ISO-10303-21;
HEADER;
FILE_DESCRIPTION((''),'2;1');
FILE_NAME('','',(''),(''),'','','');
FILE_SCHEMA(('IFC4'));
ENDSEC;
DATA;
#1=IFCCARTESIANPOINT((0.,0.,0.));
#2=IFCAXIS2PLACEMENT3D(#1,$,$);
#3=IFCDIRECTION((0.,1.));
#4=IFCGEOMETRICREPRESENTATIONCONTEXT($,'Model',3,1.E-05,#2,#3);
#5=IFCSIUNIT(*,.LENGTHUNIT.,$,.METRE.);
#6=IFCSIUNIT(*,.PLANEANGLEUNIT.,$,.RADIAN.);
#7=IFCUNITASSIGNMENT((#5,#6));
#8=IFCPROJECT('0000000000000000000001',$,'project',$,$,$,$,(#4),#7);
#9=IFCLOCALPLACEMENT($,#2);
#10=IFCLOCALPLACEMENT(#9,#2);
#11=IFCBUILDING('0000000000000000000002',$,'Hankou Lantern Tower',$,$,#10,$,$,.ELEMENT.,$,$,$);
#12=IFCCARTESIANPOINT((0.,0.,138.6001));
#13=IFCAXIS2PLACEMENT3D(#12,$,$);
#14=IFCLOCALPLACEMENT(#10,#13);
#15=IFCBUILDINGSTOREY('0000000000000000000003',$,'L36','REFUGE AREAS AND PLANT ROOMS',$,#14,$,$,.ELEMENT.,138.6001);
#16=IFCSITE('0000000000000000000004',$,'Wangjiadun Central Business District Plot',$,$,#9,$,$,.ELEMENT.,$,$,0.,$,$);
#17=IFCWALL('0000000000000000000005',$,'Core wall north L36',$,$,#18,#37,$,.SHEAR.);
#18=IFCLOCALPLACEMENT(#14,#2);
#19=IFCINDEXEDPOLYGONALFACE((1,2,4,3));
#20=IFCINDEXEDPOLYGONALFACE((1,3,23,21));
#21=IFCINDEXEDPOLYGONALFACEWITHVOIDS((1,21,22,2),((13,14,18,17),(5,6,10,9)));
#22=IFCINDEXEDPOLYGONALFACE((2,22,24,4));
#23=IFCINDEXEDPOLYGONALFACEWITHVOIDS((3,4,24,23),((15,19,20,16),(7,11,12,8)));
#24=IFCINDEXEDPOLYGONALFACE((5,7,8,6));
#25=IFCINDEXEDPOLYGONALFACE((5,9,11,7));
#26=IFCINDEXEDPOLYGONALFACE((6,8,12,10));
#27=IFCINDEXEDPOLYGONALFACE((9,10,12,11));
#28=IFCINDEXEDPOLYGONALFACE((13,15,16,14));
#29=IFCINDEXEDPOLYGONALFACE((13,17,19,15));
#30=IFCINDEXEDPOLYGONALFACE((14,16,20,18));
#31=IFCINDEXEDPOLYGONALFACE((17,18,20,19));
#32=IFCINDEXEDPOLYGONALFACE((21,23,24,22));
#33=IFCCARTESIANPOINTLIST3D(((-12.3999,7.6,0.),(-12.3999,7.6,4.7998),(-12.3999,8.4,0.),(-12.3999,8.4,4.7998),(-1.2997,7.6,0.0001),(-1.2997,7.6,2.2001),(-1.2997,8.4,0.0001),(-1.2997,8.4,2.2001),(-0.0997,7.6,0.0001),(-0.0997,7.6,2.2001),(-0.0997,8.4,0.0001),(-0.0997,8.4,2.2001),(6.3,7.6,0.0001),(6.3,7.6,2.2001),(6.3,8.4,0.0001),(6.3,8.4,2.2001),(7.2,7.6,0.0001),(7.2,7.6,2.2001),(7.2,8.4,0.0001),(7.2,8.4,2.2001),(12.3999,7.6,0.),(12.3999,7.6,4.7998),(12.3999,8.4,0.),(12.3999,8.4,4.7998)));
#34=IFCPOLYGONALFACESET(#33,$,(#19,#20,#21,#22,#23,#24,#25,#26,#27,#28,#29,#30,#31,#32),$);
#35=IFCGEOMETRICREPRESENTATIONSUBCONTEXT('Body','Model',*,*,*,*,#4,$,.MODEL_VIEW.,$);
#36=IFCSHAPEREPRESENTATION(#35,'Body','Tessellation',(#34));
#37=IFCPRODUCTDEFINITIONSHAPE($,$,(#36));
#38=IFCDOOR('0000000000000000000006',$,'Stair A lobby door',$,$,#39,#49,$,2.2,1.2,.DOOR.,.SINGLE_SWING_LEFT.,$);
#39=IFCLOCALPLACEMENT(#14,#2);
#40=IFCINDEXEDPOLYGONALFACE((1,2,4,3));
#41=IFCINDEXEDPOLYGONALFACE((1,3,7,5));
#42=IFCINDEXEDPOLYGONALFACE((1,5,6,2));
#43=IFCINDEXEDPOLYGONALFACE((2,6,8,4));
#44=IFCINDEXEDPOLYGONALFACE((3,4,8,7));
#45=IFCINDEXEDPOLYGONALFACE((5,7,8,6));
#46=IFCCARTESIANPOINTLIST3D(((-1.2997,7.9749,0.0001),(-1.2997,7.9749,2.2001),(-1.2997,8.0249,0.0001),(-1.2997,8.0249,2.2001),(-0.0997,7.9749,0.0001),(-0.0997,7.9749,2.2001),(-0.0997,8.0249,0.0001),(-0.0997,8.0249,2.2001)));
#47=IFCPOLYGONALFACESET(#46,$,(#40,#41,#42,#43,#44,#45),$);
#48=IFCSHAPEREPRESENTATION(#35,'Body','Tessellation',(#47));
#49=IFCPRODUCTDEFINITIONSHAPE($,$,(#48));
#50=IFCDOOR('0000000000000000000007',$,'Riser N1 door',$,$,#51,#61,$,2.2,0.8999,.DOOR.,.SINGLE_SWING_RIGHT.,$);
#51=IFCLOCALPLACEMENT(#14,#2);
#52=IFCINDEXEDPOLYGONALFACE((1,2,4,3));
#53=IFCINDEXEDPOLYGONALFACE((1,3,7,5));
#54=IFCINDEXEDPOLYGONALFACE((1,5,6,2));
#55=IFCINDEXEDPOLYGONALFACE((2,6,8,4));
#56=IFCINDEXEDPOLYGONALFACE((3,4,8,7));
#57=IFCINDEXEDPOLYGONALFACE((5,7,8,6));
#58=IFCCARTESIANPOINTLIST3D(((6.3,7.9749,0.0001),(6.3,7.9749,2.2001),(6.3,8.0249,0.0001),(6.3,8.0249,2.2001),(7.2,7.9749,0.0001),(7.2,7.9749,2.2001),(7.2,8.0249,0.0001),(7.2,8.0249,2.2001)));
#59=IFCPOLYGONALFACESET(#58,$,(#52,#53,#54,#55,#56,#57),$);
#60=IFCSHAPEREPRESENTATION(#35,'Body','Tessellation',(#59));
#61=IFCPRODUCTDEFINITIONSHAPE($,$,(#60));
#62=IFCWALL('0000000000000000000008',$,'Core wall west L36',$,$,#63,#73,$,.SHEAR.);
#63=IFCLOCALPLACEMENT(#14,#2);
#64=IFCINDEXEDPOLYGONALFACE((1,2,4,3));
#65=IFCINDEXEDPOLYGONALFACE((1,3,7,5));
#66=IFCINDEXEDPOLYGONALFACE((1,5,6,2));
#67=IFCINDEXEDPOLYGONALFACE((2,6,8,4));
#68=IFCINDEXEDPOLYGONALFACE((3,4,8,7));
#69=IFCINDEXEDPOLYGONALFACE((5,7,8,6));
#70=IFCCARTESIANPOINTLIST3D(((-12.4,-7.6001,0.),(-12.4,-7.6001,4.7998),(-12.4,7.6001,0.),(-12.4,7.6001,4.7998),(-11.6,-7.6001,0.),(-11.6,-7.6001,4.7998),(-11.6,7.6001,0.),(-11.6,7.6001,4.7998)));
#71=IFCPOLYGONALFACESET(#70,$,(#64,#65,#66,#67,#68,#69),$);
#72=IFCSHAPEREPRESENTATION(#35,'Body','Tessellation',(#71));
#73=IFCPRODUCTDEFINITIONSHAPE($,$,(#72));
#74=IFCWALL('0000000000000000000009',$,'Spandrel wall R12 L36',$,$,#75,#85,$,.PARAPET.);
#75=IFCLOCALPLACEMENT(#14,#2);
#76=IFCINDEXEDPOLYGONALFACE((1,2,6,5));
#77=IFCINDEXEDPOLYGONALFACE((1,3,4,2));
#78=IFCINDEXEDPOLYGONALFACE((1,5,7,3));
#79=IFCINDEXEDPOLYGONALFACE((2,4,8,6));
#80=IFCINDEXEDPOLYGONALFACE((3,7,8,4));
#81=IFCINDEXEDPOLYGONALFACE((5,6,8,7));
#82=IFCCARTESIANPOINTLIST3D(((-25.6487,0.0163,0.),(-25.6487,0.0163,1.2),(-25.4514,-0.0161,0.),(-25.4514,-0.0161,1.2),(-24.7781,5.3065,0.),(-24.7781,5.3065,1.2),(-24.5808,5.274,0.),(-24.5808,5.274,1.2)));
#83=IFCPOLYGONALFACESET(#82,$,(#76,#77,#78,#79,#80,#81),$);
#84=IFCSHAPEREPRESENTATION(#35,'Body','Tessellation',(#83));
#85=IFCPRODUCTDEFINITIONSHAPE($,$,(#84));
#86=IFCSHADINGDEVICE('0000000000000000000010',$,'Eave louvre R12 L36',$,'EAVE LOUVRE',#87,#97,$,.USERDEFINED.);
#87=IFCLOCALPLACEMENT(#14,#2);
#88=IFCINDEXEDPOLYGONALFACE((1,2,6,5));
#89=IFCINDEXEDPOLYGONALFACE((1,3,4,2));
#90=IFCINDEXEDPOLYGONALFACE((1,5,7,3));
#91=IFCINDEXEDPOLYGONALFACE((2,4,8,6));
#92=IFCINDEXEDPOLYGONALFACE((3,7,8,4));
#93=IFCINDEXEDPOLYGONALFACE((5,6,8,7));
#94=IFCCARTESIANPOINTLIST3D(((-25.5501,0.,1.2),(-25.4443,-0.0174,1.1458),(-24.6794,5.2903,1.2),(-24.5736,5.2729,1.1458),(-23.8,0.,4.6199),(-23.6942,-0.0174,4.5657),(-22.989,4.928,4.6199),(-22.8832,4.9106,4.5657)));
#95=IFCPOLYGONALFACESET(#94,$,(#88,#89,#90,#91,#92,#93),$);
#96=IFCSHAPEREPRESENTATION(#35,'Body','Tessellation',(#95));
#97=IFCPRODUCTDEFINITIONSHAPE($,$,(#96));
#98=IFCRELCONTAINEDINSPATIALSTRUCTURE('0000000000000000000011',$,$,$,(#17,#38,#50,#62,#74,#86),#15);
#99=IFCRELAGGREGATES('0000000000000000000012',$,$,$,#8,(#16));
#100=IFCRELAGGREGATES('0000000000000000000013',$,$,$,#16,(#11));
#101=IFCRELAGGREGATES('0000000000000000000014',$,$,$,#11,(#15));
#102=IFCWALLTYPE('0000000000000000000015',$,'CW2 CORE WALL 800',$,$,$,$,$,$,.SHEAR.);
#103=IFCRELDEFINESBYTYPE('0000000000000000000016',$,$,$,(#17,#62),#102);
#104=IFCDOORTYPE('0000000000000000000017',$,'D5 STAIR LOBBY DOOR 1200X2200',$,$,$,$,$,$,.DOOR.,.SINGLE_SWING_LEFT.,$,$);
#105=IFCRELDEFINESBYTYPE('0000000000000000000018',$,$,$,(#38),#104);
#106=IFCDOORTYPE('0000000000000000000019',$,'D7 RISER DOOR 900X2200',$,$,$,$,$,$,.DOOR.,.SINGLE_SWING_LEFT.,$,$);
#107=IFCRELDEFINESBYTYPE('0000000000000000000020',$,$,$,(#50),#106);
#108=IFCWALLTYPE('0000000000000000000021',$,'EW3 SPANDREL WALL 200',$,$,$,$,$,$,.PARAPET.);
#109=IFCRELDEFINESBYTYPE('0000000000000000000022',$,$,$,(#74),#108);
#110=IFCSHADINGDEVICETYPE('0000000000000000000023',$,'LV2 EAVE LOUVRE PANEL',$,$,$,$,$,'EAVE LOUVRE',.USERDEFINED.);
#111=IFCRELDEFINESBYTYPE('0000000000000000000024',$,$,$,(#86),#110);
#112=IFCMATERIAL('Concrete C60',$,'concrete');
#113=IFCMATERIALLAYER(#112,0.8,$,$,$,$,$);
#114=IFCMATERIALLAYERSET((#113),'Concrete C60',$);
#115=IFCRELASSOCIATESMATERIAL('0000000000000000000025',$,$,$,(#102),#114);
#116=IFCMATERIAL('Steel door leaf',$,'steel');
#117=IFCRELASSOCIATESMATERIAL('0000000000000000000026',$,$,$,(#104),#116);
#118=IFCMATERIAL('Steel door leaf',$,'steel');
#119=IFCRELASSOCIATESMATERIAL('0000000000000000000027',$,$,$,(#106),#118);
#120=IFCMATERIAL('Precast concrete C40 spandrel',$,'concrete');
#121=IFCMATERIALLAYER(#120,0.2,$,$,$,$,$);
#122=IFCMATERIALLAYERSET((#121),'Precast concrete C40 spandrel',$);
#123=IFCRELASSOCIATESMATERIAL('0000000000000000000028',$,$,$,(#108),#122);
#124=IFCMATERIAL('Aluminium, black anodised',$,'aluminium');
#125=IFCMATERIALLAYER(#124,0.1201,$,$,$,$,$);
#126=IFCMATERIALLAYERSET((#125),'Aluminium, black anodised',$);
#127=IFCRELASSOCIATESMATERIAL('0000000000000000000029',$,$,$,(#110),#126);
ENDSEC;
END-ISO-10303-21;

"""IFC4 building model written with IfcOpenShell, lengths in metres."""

from ifc_helpers import new_model, si_unit, direction, frame, frame_2d, origin, place, context, subcontext, project, spatial, polyline, rectangle, outline, extrude, material, layer, layer_set, type_object, element, fill, save


model = new_model("IFC4")

# Units and contexts
model_context = context("Model", 3, precision=1e-05, world=origin(), true_north=direction((0.0, 1.0)))
body_context = subcontext(model_context, "Body", "Model", "MODEL_VIEW")
ifc_project = project(units=[si_unit("LENGTHUNIT", "METRE"), si_unit("PLANEANGLEUNIT", "RADIAN")], contexts=[model_context])

# Site, building, storey
site_placement = place(None, origin())
site = spatial("IfcSite", under=ifc_project, at=site_placement, Name="Wangjiadun Central Business District Plot", CompositionType="ELEMENT", RefElevation=0.0)
building_placement = place(site_placement, origin())
building = spatial("IfcBuilding", under=site, at=building_placement, Name="Hankou Lantern Tower", CompositionType="ELEMENT")
storey_placement = place(building_placement, frame((0.0, 0.0, 138.6001)))
storey = spatial("IfcBuildingStorey", under=building, at=storey_placement, Name="L36", Description="REFUGE AREAS AND PLANT ROOMS", CompositionType="ELEMENT", Elevation=138.6001)

# Wall, openings, doors
ifc_material_1 = material(Name="Concrete C60", Category="concrete")
ifc_layer_1 = layer(ifc_material_1, 0.8)
ifc_layer_set_1 = layer_set([ifc_layer_1], Name="Concrete C60")
wall_type_1 = type_object("IfcWallType", Name="CW2 CORE WALL 800", PredefinedType="SHEAR", material=ifc_layer_set_1)
wall_1_placement = place(storey_placement, frame((-12.3999, 8.0, 0.0), z_axis=(0.0, 0.0, 1.0), x_axis=(1.0, 0.0, 0.0)))
wall_1 = element("IfcWall", 1, at=wall_1_placement, inside=storey, type_object=wall_type_1, Name="Core wall north L36", PredefinedType="SHEAR", context=body_context, shape_type="SweptSolid", body=[
    extrude(rectangle(XDim=24.7998, YDim=0.8, at=frame_2d((12.3999, 0.0))), origin(), (0.0, 0.0, 1.0), 4.7998),
])
opening_1_placement = place(wall_1_placement, frame((11.1001, 0.0, 0.0)))
opening_1 = element("IfcOpeningElement", 2, at=opening_1_placement, cuts=wall_1, PredefinedType="OPENING", context=body_context, shape_type="SweptSolid", body=[
    extrude(rectangle(XDim=1.2, YDim=2.2, at=frame_2d((0.6001, 1.1001))), frame((0.0, 0.4099, 0.0), z_axis=(0.0, -1.0, 0.0), x_axis=(1.0, 0.0, 0.0)), (0.0, 0.0, 1.0), 0.8201),
])
opening_2_placement = place(wall_1_placement, frame((18.7, 0.0, 0.0)))
opening_2 = element("IfcOpeningElement", 3, at=opening_2_placement, cuts=wall_1, PredefinedType="OPENING", context=body_context, shape_type="SweptSolid", body=[
    extrude(rectangle(XDim=0.8999, YDim=2.2, at=frame_2d((0.45, 1.1001))), frame((0.0, 0.4099, 0.0), z_axis=(0.0, -1.0, 0.0), x_axis=(1.0, 0.0, 0.0)), (0.0, 0.0, 1.0), 0.8201),
])
ifc_material_2 = material(Name="Steel door leaf", Category="steel")
door_type_1 = type_object("IfcDoorType", Name="D5 STAIR LOBBY DOOR 1200X2200", OperationType="SINGLE_SWING_LEFT", PredefinedType="DOOR", material=ifc_material_2)
door_1_placement = place(opening_1_placement, origin())
door_1 = element("IfcDoor", 4, at=door_1_placement, inside=storey, type_object=door_type_1, Name="Stair A lobby door", OperationType="SINGLE_SWING_LEFT", OverallHeight=2.2, OverallWidth=1.2, PredefinedType="DOOR", context=body_context, shape_type="SweptSolid", body=[
    extrude(rectangle(XDim=1.2, YDim=2.2, at=frame_2d((0.6001, 1.1001))), frame((0.0, 0.0249, 0.0), z_axis=(0.0, -1.0, 0.0), x_axis=(1.0, 0.0, 0.0)), (0.0, 0.0, 1.0), 0.05),
])
fill(opening_1, door_1)
ifc_material_3 = material(Name="Steel door leaf", Category="steel")
door_type_2 = type_object("IfcDoorType", Name="D7 RISER DOOR 900X2200", OperationType="SINGLE_SWING_LEFT", PredefinedType="DOOR", material=ifc_material_3)
door_2_placement = place(opening_2_placement, origin())
door_2 = element("IfcDoor", 5, at=door_2_placement, inside=storey, type_object=door_type_2, Name="Riser N1 door", OperationType="SINGLE_SWING_RIGHT", OverallHeight=2.2, OverallWidth=0.8999, PredefinedType="DOOR", context=body_context, shape_type="SweptSolid", body=[
    extrude(rectangle(XDim=0.8999, YDim=2.2, at=frame_2d((0.45, 1.1001))), frame((0.0, 0.0249, 0.0), z_axis=(0.0, -1.0, 0.0), x_axis=(1.0, 0.0, 0.0)), (0.0, 0.0, 1.0), 0.05),
])
fill(opening_2, door_2)

# Walls
wall_2_placement = place(storey_placement, frame((-12.0, 7.6001, 0.0), z_axis=(0.0, 0.0, 1.0), x_axis=(0.0, -1.0, 0.0)))
element("IfcWall", 6, at=wall_2_placement, inside=storey, type_object=wall_type_1, Name="Core wall west L36", PredefinedType="SHEAR", context=body_context, shape_type="SweptSolid", body=[
    extrude(rectangle(XDim=15.2002, YDim=0.8, at=frame_2d((7.6001, 0.0))), origin(), (0.0, 0.0, 1.0), 4.7998),
])
ifc_material_4 = material(Name="Precast concrete C40 spandrel", Category="concrete")
ifc_layer_2 = layer(ifc_material_4, 0.2)
ifc_layer_set_2 = layer_set([ifc_layer_2], Name="Precast concrete C40 spandrel")
wall_type_2 = type_object("IfcWallType", Name="EW3 SPANDREL WALL 200", PredefinedType="PARAPET", material=ifc_layer_set_2)
wall_3_placement = place(storey_placement, frame((-24.6794, 5.2903, 0.0), z_axis=(0.0, 0.0, 1.0), x_axis=(-0.162383, -0.986728, 0.0)))
element("IfcWall", 7, at=wall_3_placement, inside=storey, type_object=wall_type_2, Name="Spandrel wall R12 L36", PredefinedType="PARAPET", context=body_context, shape_type="SweptSolid", body=[
    extrude(rectangle(XDim=5.3613, YDim=0.2, at=frame_2d((2.6807, 0.0))), origin(), (0.0, 0.0, 1.0), 1.2),
])

# Shading device
ifc_material_5 = material(Name="Aluminium, black anodised", Category="aluminium")
ifc_layer_3 = layer(ifc_material_5, 0.1201)
ifc_layer_set_3 = layer_set([ifc_layer_3], Name="Aluminium, black anodised")
shading_device_type = type_object("IfcShadingDeviceType", Name="LV2 EAVE LOUVRE PANEL", ElementType="EAVE LOUVRE", PredefinedType="USERDEFINED", material=ifc_layer_set_3)
shading_device_placement = place(storey_placement, frame((-24.6794, 5.2903, 1.2), z_axis=(-0.880814, 0.144957, 0.450726), x_axis=(-0.162387, -0.986727, 0.000002)))
element("IfcShadingDevice", 8, at=shading_device_placement, inside=storey, type_object=shading_device_type, Name="Eave louvre R12 L36", ObjectType="EAVE LOUVRE", PredefinedType="USERDEFINED", context=body_context, shape_type="SweptSolid", body=[
    extrude(outline(polyline([(0.0, 0.0), (5.3614, 0.0), (5.0773, 3.8311), (0.083, 3.8312), (0.0, 0.0)])), origin(), (0.0, 0.0, -1.0), 0.1201),
])

save(model, "model.ifc")
